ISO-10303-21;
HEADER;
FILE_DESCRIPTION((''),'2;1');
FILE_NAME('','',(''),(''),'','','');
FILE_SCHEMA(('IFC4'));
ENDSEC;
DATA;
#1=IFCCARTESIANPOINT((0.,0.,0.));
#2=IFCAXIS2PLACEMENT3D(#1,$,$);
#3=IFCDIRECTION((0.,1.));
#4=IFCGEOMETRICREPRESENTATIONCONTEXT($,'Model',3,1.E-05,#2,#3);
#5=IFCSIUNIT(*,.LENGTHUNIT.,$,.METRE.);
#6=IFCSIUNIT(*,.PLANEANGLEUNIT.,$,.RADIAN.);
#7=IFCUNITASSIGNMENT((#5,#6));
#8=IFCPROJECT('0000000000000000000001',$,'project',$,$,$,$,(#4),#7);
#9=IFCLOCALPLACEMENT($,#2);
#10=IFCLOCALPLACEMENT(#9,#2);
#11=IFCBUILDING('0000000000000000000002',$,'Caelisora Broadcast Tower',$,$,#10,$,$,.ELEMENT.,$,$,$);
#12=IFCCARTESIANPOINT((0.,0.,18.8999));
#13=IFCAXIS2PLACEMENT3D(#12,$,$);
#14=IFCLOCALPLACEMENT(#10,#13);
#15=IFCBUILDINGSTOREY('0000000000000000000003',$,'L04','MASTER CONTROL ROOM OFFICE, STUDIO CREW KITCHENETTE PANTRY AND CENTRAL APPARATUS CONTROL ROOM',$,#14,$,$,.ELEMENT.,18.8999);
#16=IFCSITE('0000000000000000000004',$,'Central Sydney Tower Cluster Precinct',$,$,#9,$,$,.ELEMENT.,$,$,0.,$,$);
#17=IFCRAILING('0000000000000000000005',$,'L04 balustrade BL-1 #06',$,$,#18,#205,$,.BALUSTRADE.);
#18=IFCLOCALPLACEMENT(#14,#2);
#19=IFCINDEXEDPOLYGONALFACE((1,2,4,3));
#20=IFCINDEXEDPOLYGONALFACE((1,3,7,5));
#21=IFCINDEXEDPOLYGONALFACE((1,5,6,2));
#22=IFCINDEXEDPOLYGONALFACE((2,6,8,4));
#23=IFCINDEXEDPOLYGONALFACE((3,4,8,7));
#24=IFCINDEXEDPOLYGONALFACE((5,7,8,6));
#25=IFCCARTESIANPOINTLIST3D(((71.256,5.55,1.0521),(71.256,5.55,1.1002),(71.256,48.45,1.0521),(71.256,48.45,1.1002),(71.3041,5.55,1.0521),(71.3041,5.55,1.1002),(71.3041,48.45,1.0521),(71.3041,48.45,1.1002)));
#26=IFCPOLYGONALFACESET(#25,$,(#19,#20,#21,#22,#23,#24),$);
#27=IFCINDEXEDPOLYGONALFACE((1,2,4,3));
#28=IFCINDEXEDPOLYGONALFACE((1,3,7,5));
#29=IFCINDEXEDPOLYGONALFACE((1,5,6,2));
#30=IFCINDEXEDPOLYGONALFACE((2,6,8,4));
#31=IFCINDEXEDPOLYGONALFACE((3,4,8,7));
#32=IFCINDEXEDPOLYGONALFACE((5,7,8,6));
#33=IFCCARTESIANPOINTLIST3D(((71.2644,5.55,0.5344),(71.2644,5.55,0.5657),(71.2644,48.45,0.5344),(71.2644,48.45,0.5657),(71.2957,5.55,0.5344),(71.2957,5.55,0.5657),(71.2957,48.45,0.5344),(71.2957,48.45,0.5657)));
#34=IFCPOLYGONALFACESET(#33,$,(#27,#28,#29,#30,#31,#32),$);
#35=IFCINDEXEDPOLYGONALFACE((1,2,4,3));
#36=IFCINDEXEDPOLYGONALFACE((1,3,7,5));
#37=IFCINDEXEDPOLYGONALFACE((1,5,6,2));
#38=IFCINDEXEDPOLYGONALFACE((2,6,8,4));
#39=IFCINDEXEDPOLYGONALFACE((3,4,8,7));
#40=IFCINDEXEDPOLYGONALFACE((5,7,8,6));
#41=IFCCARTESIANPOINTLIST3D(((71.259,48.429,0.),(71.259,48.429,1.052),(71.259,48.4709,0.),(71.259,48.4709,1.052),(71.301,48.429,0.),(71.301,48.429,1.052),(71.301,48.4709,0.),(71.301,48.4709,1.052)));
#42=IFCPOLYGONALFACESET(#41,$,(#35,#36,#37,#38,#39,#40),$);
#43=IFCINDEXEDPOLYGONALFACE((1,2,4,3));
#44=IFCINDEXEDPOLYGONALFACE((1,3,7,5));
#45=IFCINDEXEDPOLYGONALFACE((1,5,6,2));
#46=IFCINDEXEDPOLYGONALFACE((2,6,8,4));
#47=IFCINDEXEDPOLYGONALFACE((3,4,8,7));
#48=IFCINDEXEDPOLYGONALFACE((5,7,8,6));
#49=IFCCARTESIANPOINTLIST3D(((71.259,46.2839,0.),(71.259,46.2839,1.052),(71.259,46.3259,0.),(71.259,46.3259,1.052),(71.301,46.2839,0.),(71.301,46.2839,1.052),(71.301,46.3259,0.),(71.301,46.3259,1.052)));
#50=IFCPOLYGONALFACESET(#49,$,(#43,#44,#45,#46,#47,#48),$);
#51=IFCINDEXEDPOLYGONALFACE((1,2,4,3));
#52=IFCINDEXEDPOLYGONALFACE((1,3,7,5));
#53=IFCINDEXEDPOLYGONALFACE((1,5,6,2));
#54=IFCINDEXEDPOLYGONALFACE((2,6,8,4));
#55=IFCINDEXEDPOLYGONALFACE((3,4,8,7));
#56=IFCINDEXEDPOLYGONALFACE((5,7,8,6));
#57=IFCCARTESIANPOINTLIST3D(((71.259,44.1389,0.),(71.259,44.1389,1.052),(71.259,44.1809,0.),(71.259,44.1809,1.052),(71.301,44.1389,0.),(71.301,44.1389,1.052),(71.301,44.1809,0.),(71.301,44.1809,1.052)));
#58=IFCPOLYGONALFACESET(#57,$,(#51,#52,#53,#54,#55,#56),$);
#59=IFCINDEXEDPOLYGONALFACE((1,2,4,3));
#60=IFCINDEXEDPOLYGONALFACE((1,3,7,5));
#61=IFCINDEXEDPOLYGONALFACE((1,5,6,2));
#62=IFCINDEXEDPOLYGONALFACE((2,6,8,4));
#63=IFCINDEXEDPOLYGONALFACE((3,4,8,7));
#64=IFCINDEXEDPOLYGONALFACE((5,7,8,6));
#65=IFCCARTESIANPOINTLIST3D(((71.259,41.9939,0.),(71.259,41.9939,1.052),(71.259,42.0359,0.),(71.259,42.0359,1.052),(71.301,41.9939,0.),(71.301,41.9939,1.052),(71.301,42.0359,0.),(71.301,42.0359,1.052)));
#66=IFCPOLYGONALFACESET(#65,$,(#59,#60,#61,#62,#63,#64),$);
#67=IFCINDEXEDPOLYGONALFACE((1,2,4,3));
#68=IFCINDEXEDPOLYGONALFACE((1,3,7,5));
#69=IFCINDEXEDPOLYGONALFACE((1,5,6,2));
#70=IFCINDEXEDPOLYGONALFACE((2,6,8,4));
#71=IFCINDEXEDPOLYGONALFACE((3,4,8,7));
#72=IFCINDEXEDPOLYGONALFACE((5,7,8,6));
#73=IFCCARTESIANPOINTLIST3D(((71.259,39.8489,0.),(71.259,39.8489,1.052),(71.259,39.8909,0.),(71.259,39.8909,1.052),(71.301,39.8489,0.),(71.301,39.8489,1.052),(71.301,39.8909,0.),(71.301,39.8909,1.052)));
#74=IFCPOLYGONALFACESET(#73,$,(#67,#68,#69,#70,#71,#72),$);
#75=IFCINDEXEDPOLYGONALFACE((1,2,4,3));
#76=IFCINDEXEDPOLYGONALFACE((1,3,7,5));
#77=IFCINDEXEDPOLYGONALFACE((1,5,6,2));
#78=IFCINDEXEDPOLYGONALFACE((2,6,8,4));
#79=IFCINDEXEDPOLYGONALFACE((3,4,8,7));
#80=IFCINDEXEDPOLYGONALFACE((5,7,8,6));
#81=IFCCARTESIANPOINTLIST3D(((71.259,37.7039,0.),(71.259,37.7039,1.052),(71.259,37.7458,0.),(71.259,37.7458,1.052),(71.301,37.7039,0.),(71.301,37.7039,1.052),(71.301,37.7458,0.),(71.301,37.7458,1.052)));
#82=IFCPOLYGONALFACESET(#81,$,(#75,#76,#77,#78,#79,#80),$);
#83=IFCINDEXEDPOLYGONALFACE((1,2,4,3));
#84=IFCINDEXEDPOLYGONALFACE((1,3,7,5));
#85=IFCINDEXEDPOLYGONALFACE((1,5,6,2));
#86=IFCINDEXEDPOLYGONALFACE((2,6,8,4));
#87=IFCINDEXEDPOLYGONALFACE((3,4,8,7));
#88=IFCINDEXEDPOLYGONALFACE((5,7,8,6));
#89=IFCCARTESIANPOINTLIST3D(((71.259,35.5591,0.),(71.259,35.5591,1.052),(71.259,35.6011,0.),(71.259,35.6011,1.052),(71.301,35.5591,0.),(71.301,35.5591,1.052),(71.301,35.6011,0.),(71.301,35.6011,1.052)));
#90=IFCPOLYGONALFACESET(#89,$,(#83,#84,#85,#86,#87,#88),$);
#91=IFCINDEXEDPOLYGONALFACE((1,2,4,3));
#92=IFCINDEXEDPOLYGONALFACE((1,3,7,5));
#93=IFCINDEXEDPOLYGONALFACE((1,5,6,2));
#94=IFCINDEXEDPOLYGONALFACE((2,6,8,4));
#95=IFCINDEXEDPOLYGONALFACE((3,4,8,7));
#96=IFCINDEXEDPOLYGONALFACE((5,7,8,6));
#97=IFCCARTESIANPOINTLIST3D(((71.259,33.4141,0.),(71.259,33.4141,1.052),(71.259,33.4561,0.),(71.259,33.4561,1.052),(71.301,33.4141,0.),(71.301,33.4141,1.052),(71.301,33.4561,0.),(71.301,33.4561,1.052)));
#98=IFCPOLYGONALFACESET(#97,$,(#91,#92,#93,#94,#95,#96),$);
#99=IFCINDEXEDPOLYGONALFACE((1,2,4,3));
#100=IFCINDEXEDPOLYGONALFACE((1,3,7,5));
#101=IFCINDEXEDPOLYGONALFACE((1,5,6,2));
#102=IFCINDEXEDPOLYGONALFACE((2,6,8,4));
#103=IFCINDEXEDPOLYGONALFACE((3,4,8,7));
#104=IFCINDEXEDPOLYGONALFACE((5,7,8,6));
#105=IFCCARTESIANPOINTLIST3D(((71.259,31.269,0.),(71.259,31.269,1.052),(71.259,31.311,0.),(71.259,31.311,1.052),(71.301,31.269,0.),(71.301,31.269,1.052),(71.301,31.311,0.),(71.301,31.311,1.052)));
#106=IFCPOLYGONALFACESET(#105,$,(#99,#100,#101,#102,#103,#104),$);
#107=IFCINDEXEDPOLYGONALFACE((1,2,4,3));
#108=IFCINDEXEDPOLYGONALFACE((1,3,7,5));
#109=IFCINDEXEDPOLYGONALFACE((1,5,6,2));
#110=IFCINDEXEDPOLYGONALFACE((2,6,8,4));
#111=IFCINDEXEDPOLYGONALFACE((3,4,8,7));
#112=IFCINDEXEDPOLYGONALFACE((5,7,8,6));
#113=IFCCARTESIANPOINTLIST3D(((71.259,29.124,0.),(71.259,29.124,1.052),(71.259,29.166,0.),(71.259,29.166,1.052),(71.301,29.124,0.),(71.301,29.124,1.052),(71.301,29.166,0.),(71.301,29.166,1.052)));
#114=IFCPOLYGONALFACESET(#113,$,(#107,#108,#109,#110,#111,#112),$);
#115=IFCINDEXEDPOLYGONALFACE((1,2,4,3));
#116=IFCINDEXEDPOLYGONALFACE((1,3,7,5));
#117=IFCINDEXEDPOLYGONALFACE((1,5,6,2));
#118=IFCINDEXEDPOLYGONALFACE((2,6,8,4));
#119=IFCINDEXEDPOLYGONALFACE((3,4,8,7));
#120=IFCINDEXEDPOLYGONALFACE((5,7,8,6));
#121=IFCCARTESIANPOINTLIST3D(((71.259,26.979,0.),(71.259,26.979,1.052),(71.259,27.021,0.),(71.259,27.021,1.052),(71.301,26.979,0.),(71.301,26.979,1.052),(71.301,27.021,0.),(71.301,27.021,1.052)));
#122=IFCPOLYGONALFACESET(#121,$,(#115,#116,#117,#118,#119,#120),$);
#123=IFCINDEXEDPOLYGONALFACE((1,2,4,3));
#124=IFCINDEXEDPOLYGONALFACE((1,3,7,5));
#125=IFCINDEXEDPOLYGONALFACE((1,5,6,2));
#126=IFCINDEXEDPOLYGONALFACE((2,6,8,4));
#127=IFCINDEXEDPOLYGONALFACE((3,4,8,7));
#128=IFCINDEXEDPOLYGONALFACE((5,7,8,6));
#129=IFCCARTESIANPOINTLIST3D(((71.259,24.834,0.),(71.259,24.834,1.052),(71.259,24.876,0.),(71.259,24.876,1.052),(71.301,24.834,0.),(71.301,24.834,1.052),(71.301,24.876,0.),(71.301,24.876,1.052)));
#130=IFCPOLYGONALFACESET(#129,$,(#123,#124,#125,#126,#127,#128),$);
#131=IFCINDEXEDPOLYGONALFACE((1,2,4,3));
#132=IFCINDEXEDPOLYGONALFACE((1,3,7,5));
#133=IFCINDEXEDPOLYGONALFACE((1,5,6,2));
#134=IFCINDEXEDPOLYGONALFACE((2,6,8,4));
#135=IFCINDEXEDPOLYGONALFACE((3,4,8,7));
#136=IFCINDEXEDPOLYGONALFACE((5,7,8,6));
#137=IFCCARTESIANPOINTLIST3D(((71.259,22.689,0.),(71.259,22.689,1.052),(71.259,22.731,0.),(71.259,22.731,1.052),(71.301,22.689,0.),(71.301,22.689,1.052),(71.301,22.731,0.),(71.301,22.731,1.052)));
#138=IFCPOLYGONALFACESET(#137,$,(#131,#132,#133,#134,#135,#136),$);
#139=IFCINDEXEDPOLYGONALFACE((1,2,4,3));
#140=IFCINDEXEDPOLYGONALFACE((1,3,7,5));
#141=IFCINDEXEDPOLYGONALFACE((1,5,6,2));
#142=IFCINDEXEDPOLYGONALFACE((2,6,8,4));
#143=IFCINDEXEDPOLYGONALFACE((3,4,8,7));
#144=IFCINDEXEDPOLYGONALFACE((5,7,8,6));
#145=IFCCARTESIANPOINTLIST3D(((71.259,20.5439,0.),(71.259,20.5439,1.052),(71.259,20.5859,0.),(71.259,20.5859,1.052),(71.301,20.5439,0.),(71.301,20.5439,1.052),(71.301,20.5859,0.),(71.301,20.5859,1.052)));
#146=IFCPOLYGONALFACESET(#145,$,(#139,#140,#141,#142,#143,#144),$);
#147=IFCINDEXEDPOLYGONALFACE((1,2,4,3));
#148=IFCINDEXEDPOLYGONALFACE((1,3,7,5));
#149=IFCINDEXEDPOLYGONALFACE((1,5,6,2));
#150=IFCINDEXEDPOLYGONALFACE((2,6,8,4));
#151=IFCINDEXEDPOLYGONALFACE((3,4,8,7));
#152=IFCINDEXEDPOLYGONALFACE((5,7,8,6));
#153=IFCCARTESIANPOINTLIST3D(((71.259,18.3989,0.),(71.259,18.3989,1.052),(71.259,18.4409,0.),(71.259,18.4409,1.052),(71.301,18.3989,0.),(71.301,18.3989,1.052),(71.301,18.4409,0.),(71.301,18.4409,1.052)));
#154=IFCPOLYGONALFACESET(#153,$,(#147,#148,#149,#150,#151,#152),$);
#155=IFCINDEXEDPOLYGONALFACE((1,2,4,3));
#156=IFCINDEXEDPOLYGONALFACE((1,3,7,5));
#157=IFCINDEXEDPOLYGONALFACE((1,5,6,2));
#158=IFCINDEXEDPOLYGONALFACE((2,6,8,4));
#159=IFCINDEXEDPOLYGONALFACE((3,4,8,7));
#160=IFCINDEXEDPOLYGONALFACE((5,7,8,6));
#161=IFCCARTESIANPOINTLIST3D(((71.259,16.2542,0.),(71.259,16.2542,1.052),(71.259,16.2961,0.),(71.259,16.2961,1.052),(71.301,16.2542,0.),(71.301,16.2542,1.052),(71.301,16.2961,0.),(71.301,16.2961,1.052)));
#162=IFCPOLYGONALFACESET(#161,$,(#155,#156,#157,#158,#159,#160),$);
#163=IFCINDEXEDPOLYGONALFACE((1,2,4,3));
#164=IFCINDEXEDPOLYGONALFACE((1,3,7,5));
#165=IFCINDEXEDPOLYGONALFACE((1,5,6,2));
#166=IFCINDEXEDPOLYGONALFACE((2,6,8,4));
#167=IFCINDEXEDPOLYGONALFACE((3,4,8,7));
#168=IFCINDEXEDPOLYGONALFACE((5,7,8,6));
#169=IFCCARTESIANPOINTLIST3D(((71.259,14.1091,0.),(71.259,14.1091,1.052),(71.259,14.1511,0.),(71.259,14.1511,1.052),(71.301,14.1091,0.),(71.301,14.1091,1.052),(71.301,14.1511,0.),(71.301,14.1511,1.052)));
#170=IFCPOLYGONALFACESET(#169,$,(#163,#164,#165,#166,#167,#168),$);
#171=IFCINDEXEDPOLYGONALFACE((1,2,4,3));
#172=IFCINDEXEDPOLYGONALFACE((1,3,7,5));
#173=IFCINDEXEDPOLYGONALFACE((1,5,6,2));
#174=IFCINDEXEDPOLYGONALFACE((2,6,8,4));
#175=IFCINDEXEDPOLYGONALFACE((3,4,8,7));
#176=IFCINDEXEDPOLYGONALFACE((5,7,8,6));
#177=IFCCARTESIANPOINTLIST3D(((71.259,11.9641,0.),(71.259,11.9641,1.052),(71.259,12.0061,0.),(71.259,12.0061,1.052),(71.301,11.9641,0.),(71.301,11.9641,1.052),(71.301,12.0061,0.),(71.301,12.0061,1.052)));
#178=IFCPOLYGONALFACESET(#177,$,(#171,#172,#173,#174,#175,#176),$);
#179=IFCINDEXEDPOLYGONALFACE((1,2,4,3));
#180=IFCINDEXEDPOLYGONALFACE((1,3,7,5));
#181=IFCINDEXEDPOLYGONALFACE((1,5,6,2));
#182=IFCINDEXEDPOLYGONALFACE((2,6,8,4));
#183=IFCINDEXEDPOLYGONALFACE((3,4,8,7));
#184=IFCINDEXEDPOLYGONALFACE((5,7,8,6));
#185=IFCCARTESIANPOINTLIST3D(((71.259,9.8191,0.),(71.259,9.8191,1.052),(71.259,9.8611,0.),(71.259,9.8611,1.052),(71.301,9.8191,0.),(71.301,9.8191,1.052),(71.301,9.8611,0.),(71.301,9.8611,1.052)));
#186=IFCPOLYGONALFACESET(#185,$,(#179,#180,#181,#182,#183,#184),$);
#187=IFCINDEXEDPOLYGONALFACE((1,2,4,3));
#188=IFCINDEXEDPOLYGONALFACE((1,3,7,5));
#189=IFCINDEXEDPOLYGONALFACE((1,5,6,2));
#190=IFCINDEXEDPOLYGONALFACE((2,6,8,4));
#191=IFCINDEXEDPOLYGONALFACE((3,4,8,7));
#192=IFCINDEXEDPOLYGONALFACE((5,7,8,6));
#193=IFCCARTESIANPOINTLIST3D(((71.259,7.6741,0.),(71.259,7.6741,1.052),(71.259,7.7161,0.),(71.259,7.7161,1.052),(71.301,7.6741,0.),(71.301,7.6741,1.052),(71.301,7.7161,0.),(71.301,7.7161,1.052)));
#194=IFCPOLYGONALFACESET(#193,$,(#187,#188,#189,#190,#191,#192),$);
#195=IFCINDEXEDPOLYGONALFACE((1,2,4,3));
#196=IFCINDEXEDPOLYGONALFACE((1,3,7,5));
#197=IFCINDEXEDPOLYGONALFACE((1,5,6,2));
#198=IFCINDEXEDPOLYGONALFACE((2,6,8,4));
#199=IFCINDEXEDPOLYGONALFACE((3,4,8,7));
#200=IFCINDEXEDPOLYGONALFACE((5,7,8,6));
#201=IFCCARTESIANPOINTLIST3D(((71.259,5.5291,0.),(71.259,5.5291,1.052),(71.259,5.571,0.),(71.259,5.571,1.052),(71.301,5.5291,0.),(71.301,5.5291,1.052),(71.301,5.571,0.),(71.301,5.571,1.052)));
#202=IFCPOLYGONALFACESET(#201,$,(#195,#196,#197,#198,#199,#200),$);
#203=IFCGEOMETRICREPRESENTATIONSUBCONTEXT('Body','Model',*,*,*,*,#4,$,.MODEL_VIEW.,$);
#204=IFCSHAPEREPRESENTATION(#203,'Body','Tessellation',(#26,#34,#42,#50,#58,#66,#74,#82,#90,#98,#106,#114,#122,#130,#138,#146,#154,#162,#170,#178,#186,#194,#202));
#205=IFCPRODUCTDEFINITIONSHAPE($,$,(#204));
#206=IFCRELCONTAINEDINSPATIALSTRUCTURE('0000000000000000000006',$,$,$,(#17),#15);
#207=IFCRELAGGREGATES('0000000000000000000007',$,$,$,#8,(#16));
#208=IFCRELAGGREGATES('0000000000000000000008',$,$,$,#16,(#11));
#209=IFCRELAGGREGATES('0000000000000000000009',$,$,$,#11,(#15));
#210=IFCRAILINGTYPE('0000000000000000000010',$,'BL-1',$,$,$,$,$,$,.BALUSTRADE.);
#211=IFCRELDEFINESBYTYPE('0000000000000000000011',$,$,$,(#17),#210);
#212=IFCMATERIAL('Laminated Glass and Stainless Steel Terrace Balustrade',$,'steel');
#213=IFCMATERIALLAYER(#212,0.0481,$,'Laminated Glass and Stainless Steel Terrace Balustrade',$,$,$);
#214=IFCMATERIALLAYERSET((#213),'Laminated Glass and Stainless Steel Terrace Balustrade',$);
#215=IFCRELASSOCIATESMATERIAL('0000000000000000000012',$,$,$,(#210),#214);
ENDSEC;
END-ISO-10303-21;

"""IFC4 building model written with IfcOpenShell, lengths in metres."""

from ifc_helpers import new_model, si_unit, direction, frame, origin, origin_2d, place, context, subcontext, project, spatial, rectangle, extrude, material, layer, layer_set, type_object, element, save


model = new_model("IFC4")

# Units and contexts
model_context = context("Model", 3, precision=1e-05, world=origin(), true_north=direction((0.0, 1.0)))
body_context = subcontext(model_context, "Body", "Model", "MODEL_VIEW")
ifc_project = project(units=[si_unit("LENGTHUNIT", "METRE"), si_unit("PLANEANGLEUNIT", "RADIAN")], contexts=[model_context])

# Site, building, storey
site_placement = place(None, origin())
site = spatial("IfcSite", under=ifc_project, at=site_placement, Name="Central Sydney Tower Cluster Precinct", CompositionType="ELEMENT", RefElevation=0.0)
building_placement = place(site_placement, origin())
building = spatial("IfcBuilding", under=site, at=building_placement, Name="Caelisora Broadcast Tower", CompositionType="ELEMENT")
storey_placement = place(building_placement, frame((0.0, 0.0, 18.8999)))
storey = spatial("IfcBuildingStorey", under=building, at=storey_placement, Name="L04", Description="MASTER CONTROL ROOM OFFICE, STUDIO CREW KITCHENETTE PANTRY AND CENTRAL APPARATUS CONTROL ROOM", CompositionType="ELEMENT", Elevation=18.8999)

# Railing
ifc_material_1 = material(Name="Laminated Glass and Stainless Steel Terrace Balustrade", Category="steel")
ifc_layer_1 = layer(ifc_material_1, 0.0481, Name="Laminated Glass and Stainless Steel Terrace Balustrade")
ifc_layer_set_1 = layer_set([ifc_layer_1], Name="Laminated Glass and Stainless Steel Terrace Balustrade")
railing_type = type_object("IfcRailingType", Name="BL-1", PredefinedType="BALUSTRADE", material=ifc_layer_set_1)
railing_1_placement = place(storey_placement, frame((71.28, 48.45, 0.0)))
element("IfcRailing", 1, at=railing_1_placement, inside=storey, type_object=railing_type, Name="L04 balustrade BL-1 #06", PredefinedType="BALUSTRADE", context=body_context, shape_type="SweptSolid", body=[
    extrude(rectangle(XDim=0.0481, YDim=0.0481, at=origin_2d()), frame((0.0, 0.0, 1.0762), z_axis=(0.0, -1.0, 0.0), x_axis=(1.0, 0.0, 0.0)), (0.0, 0.0, 1.0), 42.8999),
    extrude(rectangle(XDim=0.0312, YDim=0.0312, at=origin_2d()), frame((0.0, 0.0, 0.55), z_axis=(0.0, -1.0, 0.0), x_axis=(1.0, 0.0, 0.0)), (0.0, 0.0, 1.0), 42.8999),
    extrude(rectangle(XDim=0.042, YDim=0.042, at=origin_2d()), origin(), (0.0, 0.0, 1.0), 1.052),
    extrude(rectangle(XDim=0.042, YDim=0.042, at=origin_2d()), frame((0.0, -2.145, 0.0)), (0.0, 0.0, 1.0), 1.052),
    extrude(rectangle(XDim=0.042, YDim=0.042, at=origin_2d()), frame((0.0, -4.29, 0.0)), (0.0, 0.0, 1.0), 1.052),
    extrude(rectangle(XDim=0.042, YDim=0.042, at=origin_2d()), frame((0.0, -6.4351, 0.0)), (0.0, 0.0, 1.0), 1.052),
    extrude(rectangle(XDim=0.042, YDim=0.042, at=origin_2d()), frame((0.0, -8.5801, 0.0)), (0.0, 0.0, 1.0), 1.052),
    extrude(rectangle(XDim=0.042, YDim=0.042, at=origin_2d()), frame((0.0, -10.7251, 0.0)), (0.0, 0.0, 1.0), 1.052),
    extrude(rectangle(XDim=0.042, YDim=0.042, at=origin_2d()), frame((0.0, -12.8699, 0.0)), (0.0, 0.0, 1.0), 1.052),
    extrude(rectangle(XDim=0.042, YDim=0.042, at=origin_2d()), frame((0.0, -15.0149, 0.0)), (0.0, 0.0, 1.0), 1.052),
    extrude(rectangle(XDim=0.042, YDim=0.042, at=origin_2d()), frame((0.0, -17.1599, 0.0)), (0.0, 0.0, 1.0), 1.052),
    extrude(rectangle(XDim=0.042, YDim=0.042, at=origin_2d()), frame((0.0, -19.3049, 0.0)), (0.0, 0.0, 1.0), 1.052),
    extrude(rectangle(XDim=0.042, YDim=0.042, at=origin_2d()), frame((0.0, -21.45, 0.0)), (0.0, 0.0, 1.0), 1.052),
    extrude(rectangle(XDim=0.042, YDim=0.042, at=origin_2d()), frame((0.0, -23.595, 0.0)), (0.0, 0.0, 1.0), 1.052),
    extrude(rectangle(XDim=0.042, YDim=0.042, at=origin_2d()), frame((0.0, -25.74, 0.0)), (0.0, 0.0, 1.0), 1.052),
    extrude(rectangle(XDim=0.042, YDim=0.042, at=origin_2d()), frame((0.0, -27.885, 0.0)), (0.0, 0.0, 1.0), 1.052),
    extrude(rectangle(XDim=0.042, YDim=0.042, at=origin_2d()), frame((0.0, -30.03, 0.0)), (0.0, 0.0, 1.0), 1.052),
    extrude(rectangle(XDim=0.042, YDim=0.042, at=origin_2d()), frame((0.0, -32.1748, 0.0)), (0.0, 0.0, 1.0), 1.052),
    extrude(rectangle(XDim=0.042, YDim=0.042, at=origin_2d()), frame((0.0, -34.3198, 0.0)), (0.0, 0.0, 1.0), 1.052),
    extrude(rectangle(XDim=0.042, YDim=0.042, at=origin_2d()), frame((0.0, -36.4648, 0.0)), (0.0, 0.0, 1.0), 1.052),
    extrude(rectangle(XDim=0.042, YDim=0.042, at=origin_2d()), frame((0.0, -38.6099, 0.0)), (0.0, 0.0, 1.0), 1.052),
    extrude(rectangle(XDim=0.042, YDim=0.042, at=origin_2d()), frame((0.0, -40.7549, 0.0)), (0.0, 0.0, 1.0), 1.052),
    extrude(rectangle(XDim=0.042, YDim=0.042, at=origin_2d()), frame((0.0, -42.8999, 0.0)), (0.0, 0.0, 1.0), 1.052),
])

save(model, "model.ifc")
